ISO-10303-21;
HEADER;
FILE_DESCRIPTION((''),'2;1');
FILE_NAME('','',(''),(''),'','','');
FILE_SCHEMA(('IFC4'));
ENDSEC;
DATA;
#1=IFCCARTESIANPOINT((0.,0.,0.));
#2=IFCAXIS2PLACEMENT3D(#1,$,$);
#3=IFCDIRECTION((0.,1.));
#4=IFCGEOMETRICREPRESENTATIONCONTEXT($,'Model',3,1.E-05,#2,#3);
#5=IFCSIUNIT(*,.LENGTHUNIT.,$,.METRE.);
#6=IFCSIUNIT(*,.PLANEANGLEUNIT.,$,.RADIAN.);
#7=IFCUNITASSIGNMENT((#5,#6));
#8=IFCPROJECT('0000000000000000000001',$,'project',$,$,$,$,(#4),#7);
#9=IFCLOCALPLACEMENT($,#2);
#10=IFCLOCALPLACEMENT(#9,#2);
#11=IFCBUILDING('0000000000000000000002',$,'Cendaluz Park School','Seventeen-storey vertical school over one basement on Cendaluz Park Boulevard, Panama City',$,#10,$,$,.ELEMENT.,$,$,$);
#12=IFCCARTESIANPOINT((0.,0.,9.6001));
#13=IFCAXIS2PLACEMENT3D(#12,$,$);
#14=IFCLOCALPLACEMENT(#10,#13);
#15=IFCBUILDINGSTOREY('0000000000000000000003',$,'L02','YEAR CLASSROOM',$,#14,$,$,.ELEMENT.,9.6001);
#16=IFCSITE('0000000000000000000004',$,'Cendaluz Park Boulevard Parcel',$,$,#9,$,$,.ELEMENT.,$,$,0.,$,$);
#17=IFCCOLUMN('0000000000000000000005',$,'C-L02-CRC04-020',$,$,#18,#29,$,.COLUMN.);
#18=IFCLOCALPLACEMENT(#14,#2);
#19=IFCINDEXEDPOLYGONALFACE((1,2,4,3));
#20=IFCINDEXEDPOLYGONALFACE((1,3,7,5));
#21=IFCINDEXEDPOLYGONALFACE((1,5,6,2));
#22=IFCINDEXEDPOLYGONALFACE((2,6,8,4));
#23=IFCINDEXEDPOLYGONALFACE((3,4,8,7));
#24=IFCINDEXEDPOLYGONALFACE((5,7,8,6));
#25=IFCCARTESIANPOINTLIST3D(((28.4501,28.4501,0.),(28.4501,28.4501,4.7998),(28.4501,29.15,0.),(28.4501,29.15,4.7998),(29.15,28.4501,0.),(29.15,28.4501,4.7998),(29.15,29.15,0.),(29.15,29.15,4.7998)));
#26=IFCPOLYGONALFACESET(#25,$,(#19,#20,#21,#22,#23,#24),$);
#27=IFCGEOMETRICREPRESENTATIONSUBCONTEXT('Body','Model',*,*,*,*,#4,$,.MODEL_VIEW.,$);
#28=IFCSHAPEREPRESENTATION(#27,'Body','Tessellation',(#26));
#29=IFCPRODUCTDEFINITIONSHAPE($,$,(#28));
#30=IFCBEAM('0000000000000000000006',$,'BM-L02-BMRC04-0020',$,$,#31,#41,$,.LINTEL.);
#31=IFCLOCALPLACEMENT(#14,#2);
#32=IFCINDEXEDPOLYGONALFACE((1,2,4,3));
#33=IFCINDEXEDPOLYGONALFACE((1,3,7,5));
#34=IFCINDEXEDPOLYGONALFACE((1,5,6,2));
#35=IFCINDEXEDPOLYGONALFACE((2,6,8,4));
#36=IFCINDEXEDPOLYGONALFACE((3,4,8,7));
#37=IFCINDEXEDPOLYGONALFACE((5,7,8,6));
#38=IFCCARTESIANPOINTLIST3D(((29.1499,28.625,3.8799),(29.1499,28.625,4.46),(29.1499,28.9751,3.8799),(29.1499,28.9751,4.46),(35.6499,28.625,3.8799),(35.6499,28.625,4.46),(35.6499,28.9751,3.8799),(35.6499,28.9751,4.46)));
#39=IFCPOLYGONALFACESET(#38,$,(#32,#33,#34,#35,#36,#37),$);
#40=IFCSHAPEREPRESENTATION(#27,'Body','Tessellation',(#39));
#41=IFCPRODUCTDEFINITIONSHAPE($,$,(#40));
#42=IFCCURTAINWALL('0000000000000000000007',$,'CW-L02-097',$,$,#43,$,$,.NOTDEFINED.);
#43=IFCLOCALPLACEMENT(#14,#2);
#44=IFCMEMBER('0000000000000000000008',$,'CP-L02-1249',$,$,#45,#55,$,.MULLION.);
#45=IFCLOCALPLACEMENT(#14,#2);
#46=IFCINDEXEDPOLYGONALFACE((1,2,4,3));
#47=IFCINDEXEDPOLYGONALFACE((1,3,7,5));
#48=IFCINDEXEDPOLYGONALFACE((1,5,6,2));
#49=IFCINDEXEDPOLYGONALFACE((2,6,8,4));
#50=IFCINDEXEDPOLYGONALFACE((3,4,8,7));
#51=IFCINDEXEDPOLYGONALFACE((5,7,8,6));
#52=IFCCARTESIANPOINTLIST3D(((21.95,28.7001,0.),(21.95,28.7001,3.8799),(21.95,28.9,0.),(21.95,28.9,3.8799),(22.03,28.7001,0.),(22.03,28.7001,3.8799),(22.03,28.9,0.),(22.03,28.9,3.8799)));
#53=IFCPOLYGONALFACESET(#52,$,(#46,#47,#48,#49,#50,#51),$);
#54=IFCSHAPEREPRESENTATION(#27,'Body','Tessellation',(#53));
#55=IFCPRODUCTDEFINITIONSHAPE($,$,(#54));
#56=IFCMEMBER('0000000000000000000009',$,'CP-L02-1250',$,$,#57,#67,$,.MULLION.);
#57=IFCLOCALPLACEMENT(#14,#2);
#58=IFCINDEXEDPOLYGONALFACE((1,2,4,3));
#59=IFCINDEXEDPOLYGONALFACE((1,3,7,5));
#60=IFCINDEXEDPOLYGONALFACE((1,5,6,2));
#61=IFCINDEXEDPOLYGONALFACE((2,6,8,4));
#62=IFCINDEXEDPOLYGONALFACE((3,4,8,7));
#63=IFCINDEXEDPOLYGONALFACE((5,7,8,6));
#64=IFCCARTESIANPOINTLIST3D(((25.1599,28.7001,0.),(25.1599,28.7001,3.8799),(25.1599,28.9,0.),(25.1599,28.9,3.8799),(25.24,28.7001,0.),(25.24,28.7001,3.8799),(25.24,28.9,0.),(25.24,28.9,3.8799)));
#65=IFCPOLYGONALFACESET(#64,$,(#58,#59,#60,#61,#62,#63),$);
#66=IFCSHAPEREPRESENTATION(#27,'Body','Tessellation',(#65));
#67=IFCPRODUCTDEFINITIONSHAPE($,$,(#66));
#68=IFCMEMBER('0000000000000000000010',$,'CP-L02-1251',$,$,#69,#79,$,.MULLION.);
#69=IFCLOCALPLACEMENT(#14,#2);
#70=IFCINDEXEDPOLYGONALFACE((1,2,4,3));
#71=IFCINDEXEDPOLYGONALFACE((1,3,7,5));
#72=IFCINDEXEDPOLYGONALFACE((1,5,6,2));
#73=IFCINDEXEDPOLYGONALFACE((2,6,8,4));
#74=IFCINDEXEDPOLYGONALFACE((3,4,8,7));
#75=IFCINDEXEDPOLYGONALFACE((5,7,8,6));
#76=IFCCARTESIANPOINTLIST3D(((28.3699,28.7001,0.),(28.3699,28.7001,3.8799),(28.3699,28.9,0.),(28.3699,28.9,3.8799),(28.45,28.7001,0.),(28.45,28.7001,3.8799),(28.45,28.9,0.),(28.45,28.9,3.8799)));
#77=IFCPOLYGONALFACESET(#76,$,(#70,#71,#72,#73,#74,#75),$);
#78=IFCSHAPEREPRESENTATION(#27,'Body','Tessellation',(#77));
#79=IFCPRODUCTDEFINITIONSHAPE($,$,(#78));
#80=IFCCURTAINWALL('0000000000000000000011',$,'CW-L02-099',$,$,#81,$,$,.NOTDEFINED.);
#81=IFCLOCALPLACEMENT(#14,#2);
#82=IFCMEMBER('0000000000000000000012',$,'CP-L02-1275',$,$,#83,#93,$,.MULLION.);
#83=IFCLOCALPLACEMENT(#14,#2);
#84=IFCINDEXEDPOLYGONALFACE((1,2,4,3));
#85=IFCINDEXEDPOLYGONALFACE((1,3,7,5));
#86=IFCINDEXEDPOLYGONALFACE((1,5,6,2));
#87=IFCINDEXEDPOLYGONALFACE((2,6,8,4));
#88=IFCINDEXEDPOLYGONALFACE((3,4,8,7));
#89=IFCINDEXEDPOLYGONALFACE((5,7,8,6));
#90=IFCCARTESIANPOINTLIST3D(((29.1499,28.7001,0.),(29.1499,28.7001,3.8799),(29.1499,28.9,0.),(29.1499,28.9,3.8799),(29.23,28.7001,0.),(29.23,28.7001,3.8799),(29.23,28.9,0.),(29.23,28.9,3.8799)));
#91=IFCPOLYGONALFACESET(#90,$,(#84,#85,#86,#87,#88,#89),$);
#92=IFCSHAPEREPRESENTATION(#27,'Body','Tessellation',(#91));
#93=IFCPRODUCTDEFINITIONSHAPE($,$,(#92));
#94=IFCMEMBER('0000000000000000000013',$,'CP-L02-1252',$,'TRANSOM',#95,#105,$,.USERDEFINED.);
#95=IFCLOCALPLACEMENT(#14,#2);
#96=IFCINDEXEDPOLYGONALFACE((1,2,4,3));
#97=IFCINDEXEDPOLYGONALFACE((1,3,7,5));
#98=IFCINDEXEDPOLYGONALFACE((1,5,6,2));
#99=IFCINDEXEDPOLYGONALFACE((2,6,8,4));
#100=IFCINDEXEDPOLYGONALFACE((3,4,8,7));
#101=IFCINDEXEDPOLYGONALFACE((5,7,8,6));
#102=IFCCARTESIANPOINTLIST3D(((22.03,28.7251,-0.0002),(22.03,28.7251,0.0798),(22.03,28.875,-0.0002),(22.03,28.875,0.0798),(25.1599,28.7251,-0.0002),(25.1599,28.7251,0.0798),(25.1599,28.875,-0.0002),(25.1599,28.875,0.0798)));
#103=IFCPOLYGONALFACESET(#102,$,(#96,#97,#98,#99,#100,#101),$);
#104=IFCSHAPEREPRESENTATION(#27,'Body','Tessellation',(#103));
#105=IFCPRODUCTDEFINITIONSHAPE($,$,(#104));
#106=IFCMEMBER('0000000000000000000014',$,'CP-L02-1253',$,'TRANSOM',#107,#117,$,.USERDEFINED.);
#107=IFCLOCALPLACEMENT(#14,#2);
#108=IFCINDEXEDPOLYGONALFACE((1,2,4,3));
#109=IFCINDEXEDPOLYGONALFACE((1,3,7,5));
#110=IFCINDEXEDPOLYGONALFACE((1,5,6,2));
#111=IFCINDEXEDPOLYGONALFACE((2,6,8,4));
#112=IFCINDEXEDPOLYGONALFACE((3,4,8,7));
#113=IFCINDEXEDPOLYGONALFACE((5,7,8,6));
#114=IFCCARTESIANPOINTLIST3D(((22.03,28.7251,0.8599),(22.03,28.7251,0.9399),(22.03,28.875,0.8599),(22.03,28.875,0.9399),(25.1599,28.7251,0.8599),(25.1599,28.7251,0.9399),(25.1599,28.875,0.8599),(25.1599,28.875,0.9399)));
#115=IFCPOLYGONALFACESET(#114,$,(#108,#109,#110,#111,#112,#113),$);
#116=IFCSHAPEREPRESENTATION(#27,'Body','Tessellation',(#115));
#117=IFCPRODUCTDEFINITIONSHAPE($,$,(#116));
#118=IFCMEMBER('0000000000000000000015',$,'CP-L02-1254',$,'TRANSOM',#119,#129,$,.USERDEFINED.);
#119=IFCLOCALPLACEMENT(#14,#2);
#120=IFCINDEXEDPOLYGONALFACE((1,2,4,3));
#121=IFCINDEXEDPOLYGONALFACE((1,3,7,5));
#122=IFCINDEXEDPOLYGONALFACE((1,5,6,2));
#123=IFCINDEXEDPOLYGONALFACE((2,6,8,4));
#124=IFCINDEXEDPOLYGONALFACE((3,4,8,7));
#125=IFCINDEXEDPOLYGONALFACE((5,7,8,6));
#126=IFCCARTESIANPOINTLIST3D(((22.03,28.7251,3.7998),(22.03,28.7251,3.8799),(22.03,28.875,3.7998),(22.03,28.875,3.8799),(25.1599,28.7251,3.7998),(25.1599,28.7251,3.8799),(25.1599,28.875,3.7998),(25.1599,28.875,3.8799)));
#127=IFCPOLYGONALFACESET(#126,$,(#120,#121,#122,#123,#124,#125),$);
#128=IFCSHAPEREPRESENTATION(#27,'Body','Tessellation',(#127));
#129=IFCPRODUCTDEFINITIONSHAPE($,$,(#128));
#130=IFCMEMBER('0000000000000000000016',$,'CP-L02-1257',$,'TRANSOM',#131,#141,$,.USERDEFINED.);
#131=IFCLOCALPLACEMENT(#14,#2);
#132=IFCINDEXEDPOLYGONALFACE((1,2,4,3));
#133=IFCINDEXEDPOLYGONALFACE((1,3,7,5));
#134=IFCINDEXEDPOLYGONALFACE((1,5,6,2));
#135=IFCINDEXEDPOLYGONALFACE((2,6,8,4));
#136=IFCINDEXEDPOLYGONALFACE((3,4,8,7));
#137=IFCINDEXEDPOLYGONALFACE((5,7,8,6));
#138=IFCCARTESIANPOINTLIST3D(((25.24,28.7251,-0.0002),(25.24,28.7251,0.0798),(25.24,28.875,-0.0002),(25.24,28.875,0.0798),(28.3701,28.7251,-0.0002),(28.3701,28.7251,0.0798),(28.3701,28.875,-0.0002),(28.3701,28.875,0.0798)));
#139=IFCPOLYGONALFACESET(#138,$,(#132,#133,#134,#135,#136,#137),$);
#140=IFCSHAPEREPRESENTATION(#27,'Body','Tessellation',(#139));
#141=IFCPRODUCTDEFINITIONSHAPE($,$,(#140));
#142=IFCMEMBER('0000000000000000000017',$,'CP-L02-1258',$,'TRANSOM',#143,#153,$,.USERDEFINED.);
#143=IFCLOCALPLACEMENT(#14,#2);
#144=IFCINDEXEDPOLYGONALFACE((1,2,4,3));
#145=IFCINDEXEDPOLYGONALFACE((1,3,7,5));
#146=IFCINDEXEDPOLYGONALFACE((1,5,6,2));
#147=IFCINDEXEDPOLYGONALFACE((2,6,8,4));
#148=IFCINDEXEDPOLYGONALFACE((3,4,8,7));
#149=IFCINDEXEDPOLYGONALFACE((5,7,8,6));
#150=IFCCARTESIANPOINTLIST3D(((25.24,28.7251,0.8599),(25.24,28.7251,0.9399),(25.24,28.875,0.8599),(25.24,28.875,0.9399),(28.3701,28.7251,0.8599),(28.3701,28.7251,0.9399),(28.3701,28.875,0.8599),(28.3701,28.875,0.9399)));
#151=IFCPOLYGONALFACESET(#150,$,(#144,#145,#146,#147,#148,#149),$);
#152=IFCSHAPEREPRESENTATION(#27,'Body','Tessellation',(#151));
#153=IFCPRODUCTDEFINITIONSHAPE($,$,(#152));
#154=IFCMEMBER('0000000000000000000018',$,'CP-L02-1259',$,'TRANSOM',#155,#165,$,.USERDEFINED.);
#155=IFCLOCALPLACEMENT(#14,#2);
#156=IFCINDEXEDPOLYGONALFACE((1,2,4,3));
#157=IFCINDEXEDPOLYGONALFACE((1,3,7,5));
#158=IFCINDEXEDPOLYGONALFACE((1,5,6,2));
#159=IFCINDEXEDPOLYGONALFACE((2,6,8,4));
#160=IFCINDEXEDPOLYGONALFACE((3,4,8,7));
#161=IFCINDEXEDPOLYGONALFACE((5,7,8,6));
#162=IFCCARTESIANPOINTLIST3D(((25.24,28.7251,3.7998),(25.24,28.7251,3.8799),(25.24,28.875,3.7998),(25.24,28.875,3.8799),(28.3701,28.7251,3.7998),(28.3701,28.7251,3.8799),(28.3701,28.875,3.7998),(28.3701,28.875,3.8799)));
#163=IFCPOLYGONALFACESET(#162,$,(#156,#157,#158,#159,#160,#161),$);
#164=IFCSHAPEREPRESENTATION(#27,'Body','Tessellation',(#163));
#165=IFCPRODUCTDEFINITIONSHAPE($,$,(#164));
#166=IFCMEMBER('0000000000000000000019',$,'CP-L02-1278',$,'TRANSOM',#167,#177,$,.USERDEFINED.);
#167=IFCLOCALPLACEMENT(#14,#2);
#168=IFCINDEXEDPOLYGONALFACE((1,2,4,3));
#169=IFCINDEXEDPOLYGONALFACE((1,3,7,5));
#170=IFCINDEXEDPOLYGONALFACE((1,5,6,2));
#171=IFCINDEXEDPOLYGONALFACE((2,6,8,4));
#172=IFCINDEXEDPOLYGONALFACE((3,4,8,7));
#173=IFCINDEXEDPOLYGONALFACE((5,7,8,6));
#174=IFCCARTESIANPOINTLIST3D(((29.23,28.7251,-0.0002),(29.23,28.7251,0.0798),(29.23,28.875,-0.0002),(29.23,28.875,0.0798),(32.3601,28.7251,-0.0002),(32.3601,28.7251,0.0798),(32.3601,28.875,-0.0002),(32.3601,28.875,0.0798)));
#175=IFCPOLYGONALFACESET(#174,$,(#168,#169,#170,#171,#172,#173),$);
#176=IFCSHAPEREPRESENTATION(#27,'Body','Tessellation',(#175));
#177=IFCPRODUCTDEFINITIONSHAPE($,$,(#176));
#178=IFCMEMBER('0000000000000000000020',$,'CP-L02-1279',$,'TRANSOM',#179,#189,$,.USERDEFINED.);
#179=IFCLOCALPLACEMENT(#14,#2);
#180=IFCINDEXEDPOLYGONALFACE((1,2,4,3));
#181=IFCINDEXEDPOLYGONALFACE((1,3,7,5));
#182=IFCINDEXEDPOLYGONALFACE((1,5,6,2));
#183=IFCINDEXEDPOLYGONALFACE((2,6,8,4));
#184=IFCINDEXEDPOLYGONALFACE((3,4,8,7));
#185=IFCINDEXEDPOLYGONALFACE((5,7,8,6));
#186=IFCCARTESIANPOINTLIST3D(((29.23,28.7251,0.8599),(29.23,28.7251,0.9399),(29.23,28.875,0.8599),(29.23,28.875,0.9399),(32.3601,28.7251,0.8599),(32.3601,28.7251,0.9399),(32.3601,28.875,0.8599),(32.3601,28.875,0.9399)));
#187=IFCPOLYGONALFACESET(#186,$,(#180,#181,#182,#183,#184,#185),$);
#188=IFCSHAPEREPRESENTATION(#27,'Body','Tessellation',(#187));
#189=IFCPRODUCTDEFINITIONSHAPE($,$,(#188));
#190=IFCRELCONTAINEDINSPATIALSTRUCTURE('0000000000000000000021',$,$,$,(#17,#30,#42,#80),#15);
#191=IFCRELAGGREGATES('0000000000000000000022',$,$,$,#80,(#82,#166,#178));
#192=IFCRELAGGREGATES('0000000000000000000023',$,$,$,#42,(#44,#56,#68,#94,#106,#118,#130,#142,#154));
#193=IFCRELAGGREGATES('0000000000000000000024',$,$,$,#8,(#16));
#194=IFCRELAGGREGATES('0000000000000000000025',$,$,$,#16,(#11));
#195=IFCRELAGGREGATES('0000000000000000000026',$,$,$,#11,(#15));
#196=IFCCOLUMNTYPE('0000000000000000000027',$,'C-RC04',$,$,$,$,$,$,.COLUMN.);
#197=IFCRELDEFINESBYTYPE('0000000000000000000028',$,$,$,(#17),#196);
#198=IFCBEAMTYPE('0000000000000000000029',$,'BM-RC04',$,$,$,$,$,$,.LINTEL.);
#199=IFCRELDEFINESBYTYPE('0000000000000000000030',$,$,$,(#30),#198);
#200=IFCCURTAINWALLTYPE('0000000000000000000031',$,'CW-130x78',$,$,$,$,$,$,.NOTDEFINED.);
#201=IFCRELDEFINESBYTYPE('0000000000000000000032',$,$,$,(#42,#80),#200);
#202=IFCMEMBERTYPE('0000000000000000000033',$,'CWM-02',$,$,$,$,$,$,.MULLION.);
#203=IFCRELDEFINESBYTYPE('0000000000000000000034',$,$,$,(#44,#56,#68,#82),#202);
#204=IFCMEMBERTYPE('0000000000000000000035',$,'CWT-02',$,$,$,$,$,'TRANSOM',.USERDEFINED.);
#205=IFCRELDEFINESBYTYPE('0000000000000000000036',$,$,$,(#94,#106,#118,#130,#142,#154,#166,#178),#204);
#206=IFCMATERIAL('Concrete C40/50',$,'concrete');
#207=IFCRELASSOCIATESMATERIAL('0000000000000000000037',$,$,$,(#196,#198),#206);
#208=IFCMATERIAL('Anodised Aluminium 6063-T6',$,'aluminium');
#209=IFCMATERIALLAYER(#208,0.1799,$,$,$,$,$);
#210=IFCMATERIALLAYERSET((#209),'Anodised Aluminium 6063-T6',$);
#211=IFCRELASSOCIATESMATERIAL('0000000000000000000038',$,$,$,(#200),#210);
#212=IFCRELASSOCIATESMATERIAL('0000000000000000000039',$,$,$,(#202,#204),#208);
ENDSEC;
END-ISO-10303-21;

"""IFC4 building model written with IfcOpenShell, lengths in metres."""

from ifc_helpers import new_model, si_unit, direction, frame, origin, origin_2d, place, context, subcontext, project, spatial, rectangle, extrude, material, layer, layer_set, material_profile, profile_set, type_object, element, aggregate, save


model = new_model("IFC4")

# Units and contexts
model_context = context("Model", 3, precision=1e-05, world=origin(), true_north=direction((0.0, 1.0)))
body_context = subcontext(model_context, "Body", "Model", "MODEL_VIEW")
ifc_project = project(units=[si_unit("LENGTHUNIT", "METRE"), si_unit("PLANEANGLEUNIT", "RADIAN")], contexts=[model_context])

# Site, building, storey
site_placement = place(None, origin())
site = spatial("IfcSite", under=ifc_project, at=site_placement, Name="Cendaluz Park Boulevard Parcel", CompositionType="ELEMENT", RefElevation=0.0)
building_placement = place(site_placement, origin())
building = spatial("IfcBuilding", under=site, at=building_placement, Name="Cendaluz Park School", Description="Seventeen-storey vertical school over one basement on Cendaluz Park Boulevard, Panama City", CompositionType="ELEMENT")
storey_placement = place(building_placement, frame((0.0, 0.0, 9.6001)))
storey = spatial("IfcBuildingStorey", under=building, at=storey_placement, Name="L02", Description="YEAR CLASSROOM", CompositionType="ELEMENT", Elevation=9.6001)

# Column
ifc_material_1 = material(Name="Concrete C40/50", Category="concrete")
ifc_material_profile_1 = material_profile(ifc_material_1, rectangle(XDim=0.7, YDim=0.7, at=origin_2d()), Name="RC 700x700", Category="concrete")
ifc_profile_set_1 = profile_set([ifc_material_profile_1], Name="Concrete C40/50")
column_type = type_object("IfcColumnType", Name="C-RC04", PredefinedType="COLUMN", material=ifc_profile_set_1)
column_placement = place(storey_placement, frame((28.8, 28.8, 0.0), z_axis=(0.0, 0.0, 1.0), x_axis=(1.0, 0.0, 0.0)))
element("IfcColumn", 1, at=column_placement, inside=storey, type_object=column_type, Name="C-L02-CRC04-020", PredefinedType="COLUMN", context=body_context, shape_type="SweptSolid", body=[
    extrude(rectangle(XDim=0.7, YDim=0.7, at=origin_2d()), origin(), (0.0, 0.0, 1.0), 4.7998),
])

# Beam
ifc_material_profile_2 = material_profile(ifc_material_1, rectangle(XDim=0.3501, YDim=0.5801, at=origin_2d()), Name="RC 350x580", Category="concrete")
ifc_profile_set_2 = profile_set([ifc_material_profile_2], Name="Concrete C40/50")
beam_type = type_object("IfcBeamType", Name="BM-RC04", PredefinedType="LINTEL", material=ifc_profile_set_2)
beam_placement = place(storey_placement, frame((29.1499, 28.8, 4.1699), z_axis=(1.0, 0.0, 0.0), x_axis=(0.0, 1.0, 0.0)))
element("IfcBeam", 2, at=beam_placement, inside=storey, type_object=beam_type, Name="BM-L02-BMRC04-0020", PredefinedType="LINTEL", context=body_context, shape_type="SweptSolid", body=[
    extrude(rectangle(XDim=0.3501, YDim=0.5801, at=origin_2d()), origin(), (0.0, 0.0, 1.0), 6.5),
])

# Curtain wall, members
ifc_material_2 = material(Name="Anodised Aluminium 6063-T6", Category="aluminium")
ifc_layer_1 = layer(ifc_material_2, 0.1799)
ifc_layer_set_1 = layer_set([ifc_layer_1], Name="Anodised Aluminium 6063-T6")
curtain_wall_type = type_object("IfcCurtainWallType", Name="CW-130x78", PredefinedType="NOTDEFINED", material=ifc_layer_set_1)
curtain_wall_1_placement = place(storey_placement, origin())
curtain_wall_1 = element("IfcCurtainWall", 3, at=curtain_wall_1_placement, inside=storey, type_object=curtain_wall_type, Name="CW-L02-097", PredefinedType="NOTDEFINED")
ifc_material_profile_3 = material_profile(ifc_material_2, rectangle(XDim=0.2, YDim=0.0801, at=origin_2d()), Name="CWM 200x80", Category="aluminium")
ifc_profile_set_3 = profile_set([ifc_material_profile_3], Name="Anodised Aluminium 6063-T6")
member_type_1 = type_object("IfcMemberType", Name="CWM-02", PredefinedType="MULLION", material=ifc_profile_set_3)
member_1_placement = place(storey_placement, frame((21.99, 28.8, 0.0), z_axis=(0.0, 0.0, 1.0), x_axis=(0.0, 1.0, 0.0)))
member_1 = element("IfcMember", 4, at=member_1_placement, type_object=member_type_1, Name="CP-L02-1249", PredefinedType="MULLION", context=body_context, shape_type="SweptSolid", body=[
    extrude(rectangle(XDim=0.2, YDim=0.0801, at=origin_2d()), origin(), (0.0, 0.0, 1.0), 3.8799),
])
member_2_placement = place(storey_placement, frame((25.2, 28.8, 0.0), z_axis=(0.0, 0.0, 1.0), x_axis=(0.0, 1.0, 0.0)))
member_2 = element("IfcMember", 5, at=member_2_placement, type_object=member_type_1, Name="CP-L02-1250", PredefinedType="MULLION", context=body_context, shape_type="SweptSolid", body=[
    extrude(rectangle(XDim=0.2, YDim=0.0801, at=origin_2d()), origin(), (0.0, 0.0, 1.0), 3.8799),
])
member_3_placement = place(storey_placement, frame((28.4099, 28.8, 0.0), z_axis=(0.0, 0.0, 1.0), x_axis=(0.0, 1.0, 0.0)))
member_3 = element("IfcMember", 6, at=member_3_placement, type_object=member_type_1, Name="CP-L02-1251", PredefinedType="MULLION", context=body_context, shape_type="SweptSolid", body=[
    extrude(rectangle(XDim=0.2, YDim=0.0801, at=origin_2d()), origin(), (0.0, 0.0, 1.0), 3.8799),
])

# Curtain wall, member
curtain_wall_2_placement = place(storey_placement, origin())
curtain_wall_2 = element("IfcCurtainWall", 7, at=curtain_wall_2_placement, inside=storey, type_object=curtain_wall_type, Name="CW-L02-099", PredefinedType="NOTDEFINED")
member_4_placement = place(storey_placement, frame((29.1899, 28.8, 0.0), z_axis=(0.0, 0.0, 1.0), x_axis=(0.0, 1.0, 0.0)))
member_4 = element("IfcMember", 8, at=member_4_placement, type_object=member_type_1, Name="CP-L02-1275", PredefinedType="MULLION", context=body_context, shape_type="SweptSolid", body=[
    extrude(rectangle(XDim=0.2, YDim=0.0801, at=origin_2d()), origin(), (0.0, 0.0, 1.0), 3.8799),
])

# Members
ifc_material_profile_4 = material_profile(ifc_material_2, rectangle(XDim=0.1499, YDim=0.0801, at=origin_2d()), Name="CWT 150x80", Category="aluminium")
ifc_profile_set_4 = profile_set([ifc_material_profile_4], Name="Anodised Aluminium 6063-T6")
member_type_2 = type_object("IfcMemberType", Name="CWT-02", ElementType="TRANSOM", PredefinedType="USERDEFINED", material=ifc_profile_set_4)
member_5_placement = place(storey_placement, frame((22.03, 28.8, 0.0398), z_axis=(1.0, 0.0, 0.0), x_axis=(0.0, 1.0, 0.0)))
member_5 = element("IfcMember", 9, at=member_5_placement, type_object=member_type_2, Name="CP-L02-1252", ObjectType="TRANSOM", PredefinedType="USERDEFINED", context=body_context, shape_type="SweptSolid", body=[
    extrude(rectangle(XDim=0.1499, YDim=0.0801, at=origin_2d()), origin(), (0.0, 0.0, 1.0), 3.1299),
])
member_6_placement = place(storey_placement, frame((22.03, 28.8, 0.8999), z_axis=(1.0, 0.0, 0.0), x_axis=(0.0, 1.0, 0.0)))
member_6 = element("IfcMember", 10, at=member_6_placement, type_object=member_type_2, Name="CP-L02-1253", ObjectType="TRANSOM", PredefinedType="USERDEFINED", context=body_context, shape_type="SweptSolid", body=[
    extrude(rectangle(XDim=0.1499, YDim=0.0801, at=origin_2d()), origin(), (0.0, 0.0, 1.0), 3.1299),
])
member_7_placement = place(storey_placement, frame((22.03, 28.8, 3.8398), z_axis=(1.0, 0.0, 0.0), x_axis=(0.0, 1.0, 0.0)))
member_7 = element("IfcMember", 11, at=member_7_placement, type_object=member_type_2, Name="CP-L02-1254", ObjectType="TRANSOM", PredefinedType="USERDEFINED", context=body_context, shape_type="SweptSolid", body=[
    extrude(rectangle(XDim=0.1499, YDim=0.0801, at=origin_2d()), origin(), (0.0, 0.0, 1.0), 3.1299),
])
member_8_placement = place(storey_placement, frame((25.24, 28.8, 0.0398), z_axis=(1.0, 0.0, 0.0), x_axis=(0.0, 1.0, 0.0)))
member_8 = element("IfcMember", 12, at=member_8_placement, type_object=member_type_2, Name="CP-L02-1257", ObjectType="TRANSOM", PredefinedType="USERDEFINED", context=body_context, shape_type="SweptSolid", body=[
    extrude(rectangle(XDim=0.1499, YDim=0.0801, at=origin_2d()), origin(), (0.0, 0.0, 1.0), 3.1301),
])
member_9_placement = place(storey_placement, frame((25.24, 28.8, 0.8999), z_axis=(1.0, 0.0, 0.0), x_axis=(0.0, 1.0, 0.0)))
member_9 = element("IfcMember", 13, at=member_9_placement, type_object=member_type_2, Name="CP-L02-1258", ObjectType="TRANSOM", PredefinedType="USERDEFINED", context=body_context, shape_type="SweptSolid", body=[
    extrude(rectangle(XDim=0.1499, YDim=0.0801, at=origin_2d()), origin(), (0.0, 0.0, 1.0), 3.1301),
])
member_10_placement = place(storey_placement, frame((25.24, 28.8, 3.8398), z_axis=(1.0, 0.0, 0.0), x_axis=(0.0, 1.0, 0.0)))
member_10 = element("IfcMember", 14, at=member_10_placement, type_object=member_type_2, Name="CP-L02-1259", ObjectType="TRANSOM", PredefinedType="USERDEFINED", context=body_context, shape_type="SweptSolid", body=[
    extrude(rectangle(XDim=0.1499, YDim=0.0801, at=origin_2d()), origin(), (0.0, 0.0, 1.0), 3.1301),
])
member_11_placement = place(storey_placement, frame((29.23, 28.8, 0.0398), z_axis=(1.0, 0.0, 0.0), x_axis=(0.0, 1.0, 0.0)))
member_11 = element("IfcMember", 15, at=member_11_placement, type_object=member_type_2, Name="CP-L02-1278", ObjectType="TRANSOM", PredefinedType="USERDEFINED", context=body_context, shape_type="SweptSolid", body=[
    extrude(rectangle(XDim=0.1499, YDim=0.0801, at=origin_2d()), origin(), (0.0, 0.0, 1.0), 3.1301),
])
member_12_placement = place(storey_placement, frame((29.23, 28.8, 0.8999), z_axis=(1.0, 0.0, 0.0), x_axis=(0.0, 1.0, 0.0)))
member_12 = element("IfcMember", 16, at=member_12_placement, type_object=member_type_2, Name="CP-L02-1279", ObjectType="TRANSOM", PredefinedType="USERDEFINED", context=body_context, shape_type="SweptSolid", body=[
    extrude(rectangle(XDim=0.1499, YDim=0.0801, at=origin_2d()), origin(), (0.0, 0.0, 1.0), 3.1301),
])
aggregate(curtain_wall_2, [member_4, member_11, member_12])

aggregate(curtain_wall_1, [member_1, member_2, member_3, member_5, member_6, member_7, member_8, member_9, member_10])

save(model, "model.ifc")
